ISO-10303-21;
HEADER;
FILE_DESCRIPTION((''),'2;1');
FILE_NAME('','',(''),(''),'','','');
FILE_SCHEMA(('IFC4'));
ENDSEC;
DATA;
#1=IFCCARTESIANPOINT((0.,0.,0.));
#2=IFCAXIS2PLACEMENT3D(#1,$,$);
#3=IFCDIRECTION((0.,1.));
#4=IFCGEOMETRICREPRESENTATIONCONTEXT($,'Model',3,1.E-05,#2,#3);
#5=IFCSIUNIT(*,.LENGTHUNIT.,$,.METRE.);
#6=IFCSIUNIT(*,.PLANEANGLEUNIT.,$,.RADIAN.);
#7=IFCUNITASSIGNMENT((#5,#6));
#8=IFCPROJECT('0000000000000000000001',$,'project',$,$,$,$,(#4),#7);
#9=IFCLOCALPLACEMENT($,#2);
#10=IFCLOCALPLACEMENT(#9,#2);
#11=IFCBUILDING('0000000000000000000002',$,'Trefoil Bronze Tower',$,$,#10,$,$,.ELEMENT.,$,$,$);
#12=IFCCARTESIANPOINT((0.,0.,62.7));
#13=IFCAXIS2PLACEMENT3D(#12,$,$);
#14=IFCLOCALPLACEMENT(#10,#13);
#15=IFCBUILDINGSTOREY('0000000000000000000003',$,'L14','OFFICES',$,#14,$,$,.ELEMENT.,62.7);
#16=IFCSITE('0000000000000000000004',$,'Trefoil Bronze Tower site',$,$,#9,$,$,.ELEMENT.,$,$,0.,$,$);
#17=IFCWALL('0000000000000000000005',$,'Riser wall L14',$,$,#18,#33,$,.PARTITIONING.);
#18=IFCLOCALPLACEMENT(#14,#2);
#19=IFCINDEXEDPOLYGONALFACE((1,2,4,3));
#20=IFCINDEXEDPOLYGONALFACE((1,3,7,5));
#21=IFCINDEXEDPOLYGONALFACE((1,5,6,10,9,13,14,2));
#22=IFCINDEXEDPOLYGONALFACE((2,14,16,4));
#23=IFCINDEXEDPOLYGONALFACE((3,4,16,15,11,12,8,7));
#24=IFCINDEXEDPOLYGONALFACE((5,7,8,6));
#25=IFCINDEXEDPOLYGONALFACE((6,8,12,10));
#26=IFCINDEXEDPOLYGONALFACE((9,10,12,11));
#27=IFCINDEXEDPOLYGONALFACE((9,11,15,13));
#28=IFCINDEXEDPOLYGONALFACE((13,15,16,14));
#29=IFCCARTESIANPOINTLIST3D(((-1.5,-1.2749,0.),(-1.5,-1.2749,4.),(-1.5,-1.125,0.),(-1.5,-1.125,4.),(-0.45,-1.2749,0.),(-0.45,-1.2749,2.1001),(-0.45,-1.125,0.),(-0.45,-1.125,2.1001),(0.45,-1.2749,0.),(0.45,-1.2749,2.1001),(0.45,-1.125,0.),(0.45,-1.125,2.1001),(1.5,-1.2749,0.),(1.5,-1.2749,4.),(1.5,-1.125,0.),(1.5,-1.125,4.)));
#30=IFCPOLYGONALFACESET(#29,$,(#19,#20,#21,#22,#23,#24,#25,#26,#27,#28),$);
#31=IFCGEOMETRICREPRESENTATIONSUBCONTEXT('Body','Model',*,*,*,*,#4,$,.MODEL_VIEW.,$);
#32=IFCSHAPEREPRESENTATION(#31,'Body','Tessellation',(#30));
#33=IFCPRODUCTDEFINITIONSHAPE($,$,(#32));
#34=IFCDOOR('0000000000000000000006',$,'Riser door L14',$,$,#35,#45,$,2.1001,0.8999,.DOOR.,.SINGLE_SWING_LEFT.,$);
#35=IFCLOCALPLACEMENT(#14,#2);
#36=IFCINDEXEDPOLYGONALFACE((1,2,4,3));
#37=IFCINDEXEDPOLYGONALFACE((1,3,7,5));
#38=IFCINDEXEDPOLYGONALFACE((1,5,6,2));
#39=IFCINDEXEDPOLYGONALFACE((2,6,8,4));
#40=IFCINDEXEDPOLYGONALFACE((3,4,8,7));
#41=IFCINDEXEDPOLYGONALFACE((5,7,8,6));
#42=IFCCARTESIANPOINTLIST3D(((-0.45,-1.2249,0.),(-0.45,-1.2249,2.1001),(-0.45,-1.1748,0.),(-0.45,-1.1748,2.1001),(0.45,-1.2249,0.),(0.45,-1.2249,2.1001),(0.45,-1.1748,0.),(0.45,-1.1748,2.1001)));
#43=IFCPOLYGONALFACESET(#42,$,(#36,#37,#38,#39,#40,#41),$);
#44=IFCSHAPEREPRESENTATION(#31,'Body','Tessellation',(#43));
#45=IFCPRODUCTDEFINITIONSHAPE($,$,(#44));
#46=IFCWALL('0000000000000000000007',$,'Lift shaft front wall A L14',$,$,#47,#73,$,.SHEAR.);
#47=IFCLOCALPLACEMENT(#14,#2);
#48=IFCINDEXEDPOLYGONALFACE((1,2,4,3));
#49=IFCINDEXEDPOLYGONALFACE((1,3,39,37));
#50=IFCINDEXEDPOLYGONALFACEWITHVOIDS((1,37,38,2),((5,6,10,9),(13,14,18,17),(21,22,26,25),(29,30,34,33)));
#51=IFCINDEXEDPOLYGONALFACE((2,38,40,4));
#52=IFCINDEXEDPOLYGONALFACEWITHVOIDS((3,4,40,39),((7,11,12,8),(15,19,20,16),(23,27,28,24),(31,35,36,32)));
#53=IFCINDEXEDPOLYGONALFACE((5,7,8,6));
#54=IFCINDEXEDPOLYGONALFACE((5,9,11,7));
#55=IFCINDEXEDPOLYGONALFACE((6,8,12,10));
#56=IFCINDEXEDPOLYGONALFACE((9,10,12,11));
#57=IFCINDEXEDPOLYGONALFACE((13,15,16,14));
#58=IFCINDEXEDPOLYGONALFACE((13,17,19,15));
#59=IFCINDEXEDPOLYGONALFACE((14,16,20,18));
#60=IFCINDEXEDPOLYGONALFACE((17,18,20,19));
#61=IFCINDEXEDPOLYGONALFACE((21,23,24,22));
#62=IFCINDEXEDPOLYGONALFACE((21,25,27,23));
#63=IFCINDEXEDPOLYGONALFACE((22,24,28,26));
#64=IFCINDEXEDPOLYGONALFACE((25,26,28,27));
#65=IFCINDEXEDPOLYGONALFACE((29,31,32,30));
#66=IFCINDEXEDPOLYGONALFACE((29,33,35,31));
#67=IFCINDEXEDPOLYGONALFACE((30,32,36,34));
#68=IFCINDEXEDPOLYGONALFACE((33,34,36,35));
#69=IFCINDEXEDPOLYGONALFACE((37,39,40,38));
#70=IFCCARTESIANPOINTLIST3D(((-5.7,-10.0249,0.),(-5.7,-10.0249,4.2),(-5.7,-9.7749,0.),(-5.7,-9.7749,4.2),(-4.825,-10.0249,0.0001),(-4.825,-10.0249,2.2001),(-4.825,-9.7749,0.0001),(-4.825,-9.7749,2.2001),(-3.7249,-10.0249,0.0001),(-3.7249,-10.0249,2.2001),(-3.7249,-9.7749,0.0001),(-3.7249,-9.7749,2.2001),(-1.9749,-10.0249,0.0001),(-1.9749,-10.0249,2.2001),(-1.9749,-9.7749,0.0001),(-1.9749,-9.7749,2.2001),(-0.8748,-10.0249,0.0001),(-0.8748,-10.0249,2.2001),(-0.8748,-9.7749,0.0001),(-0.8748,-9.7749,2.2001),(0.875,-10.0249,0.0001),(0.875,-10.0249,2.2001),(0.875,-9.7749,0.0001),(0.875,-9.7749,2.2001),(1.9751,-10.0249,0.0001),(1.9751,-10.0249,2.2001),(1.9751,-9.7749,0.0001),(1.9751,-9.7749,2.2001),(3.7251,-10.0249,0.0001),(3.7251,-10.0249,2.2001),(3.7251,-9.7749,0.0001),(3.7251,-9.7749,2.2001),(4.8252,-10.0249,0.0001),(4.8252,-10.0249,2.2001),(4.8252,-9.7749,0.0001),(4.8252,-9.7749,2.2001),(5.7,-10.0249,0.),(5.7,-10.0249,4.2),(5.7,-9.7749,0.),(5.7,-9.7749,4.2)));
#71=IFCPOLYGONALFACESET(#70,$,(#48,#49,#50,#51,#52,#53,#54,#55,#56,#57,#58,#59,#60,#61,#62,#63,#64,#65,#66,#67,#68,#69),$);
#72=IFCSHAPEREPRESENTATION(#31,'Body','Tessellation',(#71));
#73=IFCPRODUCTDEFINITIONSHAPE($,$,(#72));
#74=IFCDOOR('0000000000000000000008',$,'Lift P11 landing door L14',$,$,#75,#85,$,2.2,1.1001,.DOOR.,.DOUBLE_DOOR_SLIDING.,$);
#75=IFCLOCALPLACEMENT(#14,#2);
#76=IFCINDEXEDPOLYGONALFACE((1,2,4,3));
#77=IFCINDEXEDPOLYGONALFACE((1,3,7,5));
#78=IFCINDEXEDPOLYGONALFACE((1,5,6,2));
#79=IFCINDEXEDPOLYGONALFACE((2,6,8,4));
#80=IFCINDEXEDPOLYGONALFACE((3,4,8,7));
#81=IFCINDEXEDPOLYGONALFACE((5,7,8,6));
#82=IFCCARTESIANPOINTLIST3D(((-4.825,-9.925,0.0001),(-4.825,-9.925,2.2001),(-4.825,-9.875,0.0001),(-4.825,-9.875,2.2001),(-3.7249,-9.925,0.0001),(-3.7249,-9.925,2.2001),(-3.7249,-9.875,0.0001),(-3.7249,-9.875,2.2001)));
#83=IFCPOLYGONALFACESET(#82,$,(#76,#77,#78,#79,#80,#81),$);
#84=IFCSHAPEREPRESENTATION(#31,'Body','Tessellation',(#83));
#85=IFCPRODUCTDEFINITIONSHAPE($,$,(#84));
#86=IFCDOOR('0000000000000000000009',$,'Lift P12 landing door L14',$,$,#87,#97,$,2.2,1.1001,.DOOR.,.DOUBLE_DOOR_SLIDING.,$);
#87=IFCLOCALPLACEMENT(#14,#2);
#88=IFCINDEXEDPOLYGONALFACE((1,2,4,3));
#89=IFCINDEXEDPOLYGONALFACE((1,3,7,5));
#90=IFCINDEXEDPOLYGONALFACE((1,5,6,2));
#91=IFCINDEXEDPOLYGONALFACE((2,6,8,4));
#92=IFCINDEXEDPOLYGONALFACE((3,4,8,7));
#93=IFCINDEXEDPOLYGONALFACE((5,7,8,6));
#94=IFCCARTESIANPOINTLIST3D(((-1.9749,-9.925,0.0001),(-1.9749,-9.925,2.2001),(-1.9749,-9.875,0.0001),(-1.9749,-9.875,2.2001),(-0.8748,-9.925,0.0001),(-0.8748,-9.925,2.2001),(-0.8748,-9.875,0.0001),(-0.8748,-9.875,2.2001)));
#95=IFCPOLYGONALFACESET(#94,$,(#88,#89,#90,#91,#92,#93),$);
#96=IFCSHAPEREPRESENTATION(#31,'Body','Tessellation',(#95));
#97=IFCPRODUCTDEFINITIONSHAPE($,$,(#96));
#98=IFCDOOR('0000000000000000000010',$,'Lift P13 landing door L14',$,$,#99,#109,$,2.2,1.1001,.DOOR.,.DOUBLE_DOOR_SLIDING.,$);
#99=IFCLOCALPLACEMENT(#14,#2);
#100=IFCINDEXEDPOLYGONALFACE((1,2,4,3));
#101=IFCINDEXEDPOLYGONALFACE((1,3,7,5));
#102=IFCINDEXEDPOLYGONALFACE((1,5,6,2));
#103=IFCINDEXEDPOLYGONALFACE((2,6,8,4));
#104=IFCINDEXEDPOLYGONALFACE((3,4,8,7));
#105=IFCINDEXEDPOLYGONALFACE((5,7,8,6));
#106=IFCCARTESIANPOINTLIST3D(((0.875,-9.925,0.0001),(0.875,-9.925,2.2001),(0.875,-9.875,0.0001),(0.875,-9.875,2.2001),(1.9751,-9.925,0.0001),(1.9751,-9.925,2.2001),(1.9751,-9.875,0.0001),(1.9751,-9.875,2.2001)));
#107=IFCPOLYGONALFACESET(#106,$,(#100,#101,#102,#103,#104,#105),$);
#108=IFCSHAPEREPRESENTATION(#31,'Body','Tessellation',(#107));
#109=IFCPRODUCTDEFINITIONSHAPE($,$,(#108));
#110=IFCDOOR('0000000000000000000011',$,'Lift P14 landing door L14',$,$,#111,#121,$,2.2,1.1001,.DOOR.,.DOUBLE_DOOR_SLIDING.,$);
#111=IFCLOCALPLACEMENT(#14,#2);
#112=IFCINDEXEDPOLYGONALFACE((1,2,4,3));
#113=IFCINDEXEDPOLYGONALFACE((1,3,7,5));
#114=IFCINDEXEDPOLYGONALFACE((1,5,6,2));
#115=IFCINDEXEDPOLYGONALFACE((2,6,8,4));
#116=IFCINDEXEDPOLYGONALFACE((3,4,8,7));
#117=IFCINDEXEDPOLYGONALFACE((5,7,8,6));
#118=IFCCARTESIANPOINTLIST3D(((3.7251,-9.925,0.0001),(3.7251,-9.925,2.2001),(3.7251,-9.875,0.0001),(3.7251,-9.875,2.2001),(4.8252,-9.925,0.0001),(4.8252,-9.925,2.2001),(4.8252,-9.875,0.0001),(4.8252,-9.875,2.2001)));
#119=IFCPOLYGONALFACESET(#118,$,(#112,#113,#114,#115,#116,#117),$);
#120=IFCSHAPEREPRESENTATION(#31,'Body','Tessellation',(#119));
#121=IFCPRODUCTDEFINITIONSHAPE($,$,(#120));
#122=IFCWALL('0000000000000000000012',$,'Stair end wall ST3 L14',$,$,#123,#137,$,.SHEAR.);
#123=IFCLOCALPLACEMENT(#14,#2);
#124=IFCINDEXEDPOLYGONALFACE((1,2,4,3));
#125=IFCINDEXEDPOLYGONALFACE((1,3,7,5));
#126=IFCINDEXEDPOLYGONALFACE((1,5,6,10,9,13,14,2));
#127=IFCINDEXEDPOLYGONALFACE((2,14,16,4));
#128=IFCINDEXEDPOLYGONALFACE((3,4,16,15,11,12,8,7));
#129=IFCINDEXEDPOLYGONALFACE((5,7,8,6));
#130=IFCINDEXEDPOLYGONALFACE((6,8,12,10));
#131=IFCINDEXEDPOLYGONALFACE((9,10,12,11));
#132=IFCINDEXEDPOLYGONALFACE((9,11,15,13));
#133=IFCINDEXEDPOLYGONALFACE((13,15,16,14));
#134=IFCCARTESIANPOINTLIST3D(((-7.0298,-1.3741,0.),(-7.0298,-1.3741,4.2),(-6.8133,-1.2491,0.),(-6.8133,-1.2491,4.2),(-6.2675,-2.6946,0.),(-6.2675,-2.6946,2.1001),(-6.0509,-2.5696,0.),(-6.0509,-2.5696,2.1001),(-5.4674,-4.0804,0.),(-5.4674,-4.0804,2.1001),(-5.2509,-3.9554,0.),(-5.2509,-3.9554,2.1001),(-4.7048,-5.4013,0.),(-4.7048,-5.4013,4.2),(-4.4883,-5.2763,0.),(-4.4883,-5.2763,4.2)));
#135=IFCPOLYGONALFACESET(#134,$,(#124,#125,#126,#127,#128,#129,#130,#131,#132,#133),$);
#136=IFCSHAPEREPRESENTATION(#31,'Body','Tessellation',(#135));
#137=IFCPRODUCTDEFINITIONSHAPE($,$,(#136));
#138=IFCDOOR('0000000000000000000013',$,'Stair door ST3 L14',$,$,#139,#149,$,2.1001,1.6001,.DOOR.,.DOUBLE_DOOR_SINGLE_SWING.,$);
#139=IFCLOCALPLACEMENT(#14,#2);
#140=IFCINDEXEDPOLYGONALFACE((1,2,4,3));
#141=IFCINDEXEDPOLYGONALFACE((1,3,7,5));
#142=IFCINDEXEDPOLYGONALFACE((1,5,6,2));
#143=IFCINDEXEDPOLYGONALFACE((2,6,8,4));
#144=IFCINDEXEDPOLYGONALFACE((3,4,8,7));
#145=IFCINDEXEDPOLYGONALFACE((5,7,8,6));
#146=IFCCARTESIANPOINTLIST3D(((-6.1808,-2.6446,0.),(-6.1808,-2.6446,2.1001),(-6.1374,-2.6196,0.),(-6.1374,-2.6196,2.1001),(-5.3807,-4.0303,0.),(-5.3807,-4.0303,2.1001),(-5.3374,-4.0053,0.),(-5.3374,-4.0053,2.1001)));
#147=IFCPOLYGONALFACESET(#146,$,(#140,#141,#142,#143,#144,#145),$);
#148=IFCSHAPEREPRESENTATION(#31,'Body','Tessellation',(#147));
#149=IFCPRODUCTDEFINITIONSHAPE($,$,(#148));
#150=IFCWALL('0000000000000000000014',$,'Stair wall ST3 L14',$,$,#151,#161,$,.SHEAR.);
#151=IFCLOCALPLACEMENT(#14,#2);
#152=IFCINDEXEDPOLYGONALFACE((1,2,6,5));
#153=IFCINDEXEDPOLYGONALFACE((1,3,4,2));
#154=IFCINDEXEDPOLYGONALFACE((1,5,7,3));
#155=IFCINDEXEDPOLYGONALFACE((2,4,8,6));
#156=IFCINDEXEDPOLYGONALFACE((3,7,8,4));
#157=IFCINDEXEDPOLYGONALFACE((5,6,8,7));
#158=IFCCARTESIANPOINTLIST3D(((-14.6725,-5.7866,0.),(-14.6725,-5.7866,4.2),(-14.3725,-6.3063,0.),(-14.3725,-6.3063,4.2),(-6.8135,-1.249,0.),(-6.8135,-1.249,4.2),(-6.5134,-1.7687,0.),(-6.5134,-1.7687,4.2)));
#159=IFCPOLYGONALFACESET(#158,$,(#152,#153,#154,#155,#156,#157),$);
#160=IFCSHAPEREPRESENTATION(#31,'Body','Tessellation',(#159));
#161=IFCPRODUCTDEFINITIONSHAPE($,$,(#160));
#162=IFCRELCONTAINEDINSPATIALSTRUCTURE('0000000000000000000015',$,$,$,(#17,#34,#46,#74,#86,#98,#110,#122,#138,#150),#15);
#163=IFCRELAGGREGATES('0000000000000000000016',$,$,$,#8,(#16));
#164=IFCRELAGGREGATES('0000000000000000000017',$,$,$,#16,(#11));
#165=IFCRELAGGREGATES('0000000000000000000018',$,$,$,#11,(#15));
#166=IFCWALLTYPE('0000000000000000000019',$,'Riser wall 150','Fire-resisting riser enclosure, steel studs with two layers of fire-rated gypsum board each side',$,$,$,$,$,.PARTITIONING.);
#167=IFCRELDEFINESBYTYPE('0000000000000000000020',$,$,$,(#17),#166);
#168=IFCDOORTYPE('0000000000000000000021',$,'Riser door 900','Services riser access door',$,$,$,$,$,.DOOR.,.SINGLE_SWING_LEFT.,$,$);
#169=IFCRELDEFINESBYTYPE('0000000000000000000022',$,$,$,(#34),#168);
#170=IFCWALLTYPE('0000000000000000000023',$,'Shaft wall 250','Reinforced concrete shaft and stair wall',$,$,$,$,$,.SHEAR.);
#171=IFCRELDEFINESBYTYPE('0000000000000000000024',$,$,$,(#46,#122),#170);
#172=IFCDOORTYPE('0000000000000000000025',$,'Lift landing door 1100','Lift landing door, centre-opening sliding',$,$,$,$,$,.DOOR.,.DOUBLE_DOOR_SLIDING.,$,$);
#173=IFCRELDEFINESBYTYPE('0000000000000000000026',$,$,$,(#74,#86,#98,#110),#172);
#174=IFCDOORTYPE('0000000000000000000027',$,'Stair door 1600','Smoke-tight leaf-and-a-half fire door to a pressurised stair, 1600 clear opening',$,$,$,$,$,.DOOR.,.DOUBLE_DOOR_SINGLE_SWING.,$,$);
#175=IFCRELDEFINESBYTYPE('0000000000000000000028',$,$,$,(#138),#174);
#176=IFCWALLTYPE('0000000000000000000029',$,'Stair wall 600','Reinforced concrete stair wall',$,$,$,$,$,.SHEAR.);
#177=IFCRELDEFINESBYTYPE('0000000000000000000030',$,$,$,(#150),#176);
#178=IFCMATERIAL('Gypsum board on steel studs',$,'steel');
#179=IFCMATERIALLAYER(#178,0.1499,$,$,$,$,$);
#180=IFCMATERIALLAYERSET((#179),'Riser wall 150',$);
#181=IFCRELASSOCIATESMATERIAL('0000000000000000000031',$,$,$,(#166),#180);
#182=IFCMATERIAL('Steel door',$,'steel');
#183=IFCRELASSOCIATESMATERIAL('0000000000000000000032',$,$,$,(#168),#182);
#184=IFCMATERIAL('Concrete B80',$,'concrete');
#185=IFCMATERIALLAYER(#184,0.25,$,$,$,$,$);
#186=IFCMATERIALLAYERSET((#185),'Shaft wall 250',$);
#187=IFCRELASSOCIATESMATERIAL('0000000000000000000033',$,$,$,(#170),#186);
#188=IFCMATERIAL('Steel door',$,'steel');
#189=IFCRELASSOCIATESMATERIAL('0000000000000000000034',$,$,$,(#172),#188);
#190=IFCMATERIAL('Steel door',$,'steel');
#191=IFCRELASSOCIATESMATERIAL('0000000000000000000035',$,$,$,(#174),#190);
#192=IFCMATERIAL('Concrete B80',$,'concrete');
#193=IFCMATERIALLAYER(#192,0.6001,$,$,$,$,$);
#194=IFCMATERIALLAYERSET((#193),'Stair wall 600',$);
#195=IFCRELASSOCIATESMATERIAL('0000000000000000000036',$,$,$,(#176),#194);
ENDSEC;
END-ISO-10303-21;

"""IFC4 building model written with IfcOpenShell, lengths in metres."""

from ifc_helpers import new_model, si_unit, direction, frame, frame_2d, origin, place, context, subcontext, project, spatial, rectangle, extrude, material, layer, layer_set, type_object, element, fill, save


model = new_model("IFC4")

# Units and contexts
model_context = context("Model", 3, precision=1e-05, world=origin(), true_north=direction((0.0, 1.0)))
body_context = subcontext(model_context, "Body", "Model", "MODEL_VIEW")
ifc_project = project(units=[si_unit("LENGTHUNIT", "METRE"), si_unit("PLANEANGLEUNIT", "RADIAN")], contexts=[model_context])

# Site, building, storey
site_placement = place(None, origin())
site = spatial("IfcSite", under=ifc_project, at=site_placement, Name="Trefoil Bronze Tower site", CompositionType="ELEMENT", RefElevation=0.0)
building_placement = place(site_placement, origin())
building = spatial("IfcBuilding", under=site, at=building_placement, Name="Trefoil Bronze Tower", CompositionType="ELEMENT")
storey_placement = place(building_placement, frame((0.0, 0.0, 62.7)))
storey = spatial("IfcBuildingStorey", under=building, at=storey_placement, Name="L14", Description="OFFICES", CompositionType="ELEMENT", Elevation=62.7)

# Wall, opening, door
ifc_material_1 = material(Name="Gypsum board on steel studs", Category="steel")
ifc_layer_1 = layer(ifc_material_1, 0.1499)
ifc_layer_set_1 = layer_set([ifc_layer_1], Name="Riser wall 150")
wall_type_1 = type_object("IfcWallType", Name="Riser wall 150", Description="Fire-resisting riser enclosure, steel studs with two layers of fire-rated gypsum board each side", PredefinedType="PARTITIONING", material=ifc_layer_set_1)
wall_1_placement = place(storey_placement, frame((-1.5, -1.2, 0.0), z_axis=(0.0, 0.0, 1.0), x_axis=(1.0, 0.0, 0.0)))
wall_1 = element("IfcWall", 1, at=wall_1_placement, inside=storey, type_object=wall_type_1, Name="Riser wall L14", PredefinedType="PARTITIONING", context=body_context, shape_type="SweptSolid", body=[
    extrude(rectangle(XDim=3.0, YDim=0.1499, at=frame_2d((1.5, 0.0))), origin(), (0.0, 0.0, 1.0), 4.0),
])
opening_1_placement = place(wall_1_placement, frame((1.05, 0.0, 0.0)))
opening_1 = element("IfcOpeningElement", 2, at=opening_1_placement, cuts=wall_1, PredefinedType="OPENING", context=body_context, shape_type="SweptSolid", body=[
    extrude(rectangle(XDim=0.8999, YDim=2.1001, at=frame_2d((0.45, 1.05))), frame((0.0, 0.085, 0.0), z_axis=(0.0, -1.0, 0.0), x_axis=(1.0, 0.0, 0.0)), (0.0, 0.0, 1.0), 0.1699),
])
ifc_material_2 = material(Name="Steel door", Category="steel")
door_type_1 = type_object("IfcDoorType", Name="Riser door 900", Description="Services riser access door", OperationType="SINGLE_SWING_LEFT", PredefinedType="DOOR", material=ifc_material_2)
door_1_placement = place(opening_1_placement, frame((0.8999, 0.0, 0.0), z_axis=(0.0, 0.0, 1.0), x_axis=(-1.0, 0.0, 0.0)))
door_1 = element("IfcDoor", 3, at=door_1_placement, inside=storey, type_object=door_type_1, Name="Riser door L14", OperationType="SINGLE_SWING_LEFT", OverallHeight=2.1001, OverallWidth=0.8999, PredefinedType="DOOR", context=body_context, shape_type="SweptSolid", body=[
    extrude(rectangle(XDim=0.8999, YDim=2.1001, at=frame_2d((0.45, 1.05))), frame((0.0, 0.0249, 0.0), z_axis=(0.0, -1.0, 0.0), x_axis=(1.0, 0.0, 0.0)), (0.0, 0.0, 1.0), 0.05),
])
fill(opening_1, door_1)

# Wall, openings, doors
ifc_material_3 = material(Name="Concrete B80", Category="concrete")
ifc_layer_2 = layer(ifc_material_3, 0.25)
ifc_layer_set_2 = layer_set([ifc_layer_2], Name="Shaft wall 250")
wall_type_2 = type_object("IfcWallType", Name="Shaft wall 250", Description="Reinforced concrete shaft and stair wall", PredefinedType="SHEAR", material=ifc_layer_set_2)
wall_2_placement = place(storey_placement, frame((-5.7, -9.8999, 0.0), z_axis=(0.0, 0.0, 1.0), x_axis=(1.0, 0.0, 0.0)))
wall_2 = element("IfcWall", 4, at=wall_2_placement, inside=storey, type_object=wall_type_2, Name="Lift shaft front wall A L14", PredefinedType="SHEAR", context=body_context, shape_type="SweptSolid", body=[
    extrude(rectangle(XDim=11.3999, YDim=0.25, at=frame_2d((5.7, 0.0))), origin(), (0.0, 0.0, 1.0), 4.2),
])
opening_2_placement = place(wall_2_placement, frame((0.875, 0.0, 0.0)))
opening_2 = element("IfcOpeningElement", 5, at=opening_2_placement, cuts=wall_2, PredefinedType="OPENING", context=body_context, shape_type="SweptSolid", body=[
    extrude(rectangle(XDim=1.1001, YDim=2.2, at=frame_2d((0.55, 1.1001))), frame((0.0, 0.135, 0.0), z_axis=(0.0, -1.0, 0.0), x_axis=(1.0, 0.0, 0.0)), (0.0, 0.0, 1.0), 0.27),
])
opening_3_placement = place(wall_2_placement, frame((3.7251, 0.0, 0.0)))
opening_3 = element("IfcOpeningElement", 6, at=opening_3_placement, cuts=wall_2, PredefinedType="OPENING", context=body_context, shape_type="SweptSolid", body=[
    extrude(rectangle(XDim=1.1001, YDim=2.2, at=frame_2d((0.55, 1.1001))), frame((0.0, 0.135, 0.0), z_axis=(0.0, -1.0, 0.0), x_axis=(1.0, 0.0, 0.0)), (0.0, 0.0, 1.0), 0.27),
])
opening_4_placement = place(wall_2_placement, frame((6.575, 0.0, 0.0)))
opening_4 = element("IfcOpeningElement", 7, at=opening_4_placement, cuts=wall_2, PredefinedType="OPENING", context=body_context, shape_type="SweptSolid", body=[
    extrude(rectangle(XDim=1.1001, YDim=2.2, at=frame_2d((0.55, 1.1001))), frame((0.0, 0.135, 0.0), z_axis=(0.0, -1.0, 0.0), x_axis=(1.0, 0.0, 0.0)), (0.0, 0.0, 1.0), 0.27),
])
opening_5_placement = place(wall_2_placement, frame((9.425, 0.0, 0.0)))
opening_5 = element("IfcOpeningElement", 8, at=opening_5_placement, cuts=wall_2, PredefinedType="OPENING", context=body_context, shape_type="SweptSolid", body=[
    extrude(rectangle(XDim=1.1001, YDim=2.2, at=frame_2d((0.55, 1.1001))), frame((0.0, 0.135, 0.0), z_axis=(0.0, -1.0, 0.0), x_axis=(1.0, 0.0, 0.0)), (0.0, 0.0, 1.0), 0.27),
])
ifc_material_4 = material(Name="Steel door", Category="steel")
door_type_2 = type_object("IfcDoorType", Name="Lift landing door 1100", Description="Lift landing door, centre-opening sliding", OperationType="DOUBLE_DOOR_SLIDING", PredefinedType="DOOR", material=ifc_material_4)
door_2_placement = place(opening_2_placement, origin())
door_2 = element("IfcDoor", 9, at=door_2_placement, inside=storey, type_object=door_type_2, Name="Lift P11 landing door L14", OperationType="DOUBLE_DOOR_SLIDING", OverallHeight=2.2, OverallWidth=1.1001, PredefinedType="DOOR", context=body_context, shape_type="SweptSolid", body=[
    extrude(rectangle(XDim=1.1001, YDim=2.2, at=frame_2d((0.55, 1.1001))), frame((0.0, 0.0249, 0.0), z_axis=(0.0, -1.0, 0.0), x_axis=(1.0, 0.0, 0.0)), (0.0, 0.0, 1.0), 0.05),
])
fill(opening_2, door_2)
door_3_placement = place(opening_3_placement, origin())
door_3 = element("IfcDoor", 10, at=door_3_placement, inside=storey, type_object=door_type_2, Name="Lift P12 landing door L14", OperationType="DOUBLE_DOOR_SLIDING", OverallHeight=2.2, OverallWidth=1.1001, PredefinedType="DOOR", context=body_context, shape_type="SweptSolid", body=[
    extrude(rectangle(XDim=1.1001, YDim=2.2, at=frame_2d((0.55, 1.1001))), frame((0.0, 0.0249, 0.0), z_axis=(0.0, -1.0, 0.0), x_axis=(1.0, 0.0, 0.0)), (0.0, 0.0, 1.0), 0.05),
])
fill(opening_3, door_3)
door_4_placement = place(opening_4_placement, origin())
door_4 = element("IfcDoor", 11, at=door_4_placement, inside=storey, type_object=door_type_2, Name="Lift P13 landing door L14", OperationType="DOUBLE_DOOR_SLIDING", OverallHeight=2.2, OverallWidth=1.1001, PredefinedType="DOOR", context=body_context, shape_type="SweptSolid", body=[
    extrude(rectangle(XDim=1.1001, YDim=2.2, at=frame_2d((0.55, 1.1001))), frame((0.0, 0.0249, 0.0), z_axis=(0.0, -1.0, 0.0), x_axis=(1.0, 0.0, 0.0)), (0.0, 0.0, 1.0), 0.05),
])
fill(opening_4, door_4)
door_5_placement = place(opening_5_placement, origin())
door_5 = element("IfcDoor", 12, at=door_5_placement, inside=storey, type_object=door_type_2, Name="Lift P14 landing door L14", OperationType="DOUBLE_DOOR_SLIDING", OverallHeight=2.2, OverallWidth=1.1001, PredefinedType="DOOR", context=body_context, shape_type="SweptSolid", body=[
    extrude(rectangle(XDim=1.1001, YDim=2.2, at=frame_2d((0.55, 1.1001))), frame((0.0, 0.0249, 0.0), z_axis=(0.0, -1.0, 0.0), x_axis=(1.0, 0.0, 0.0)), (0.0, 0.0, 1.0), 0.05),
])
fill(opening_5, door_5)

# Wall, opening, door
wall_3_placement = place(storey_placement, frame((-6.9216, -1.3115, 0.0), z_axis=(0.0, 0.0, 1.0), x_axis=(0.499985, -0.866034, 0.0)))
wall_3 = element("IfcWall", 13, at=wall_3_placement, inside=storey, type_object=wall_type_2, Name="Stair end wall ST3 L14", PredefinedType="SHEAR", context=body_context, shape_type="SweptSolid", body=[
    extrude(rectangle(XDim=4.6501, YDim=0.25, at=frame_2d((2.3252, 0.0))), origin(), (0.0, 0.0, 1.0), 4.2),
])
opening_6_placement = place(wall_3_placement, frame((1.5249, 0.0, 0.0)))
opening_6 = element("IfcOpeningElement", 14, at=opening_6_placement, cuts=wall_3, PredefinedType="OPENING", context=body_context, shape_type="SweptSolid", body=[
    extrude(rectangle(XDim=1.6001, YDim=2.1001, at=frame_2d((0.8, 1.05))), frame((0.0, 0.135, 0.0), z_axis=(0.0, -1.0, 0.0), x_axis=(1.0, 0.0, 0.0)), (0.0, 0.0, 1.0), 0.27),
])
ifc_material_5 = material(Name="Steel door", Category="steel")
door_type_3 = type_object("IfcDoorType", Name="Stair door 1600", Description="Smoke-tight leaf-and-a-half fire door to a pressurised stair, 1600 clear opening", OperationType="DOUBLE_DOOR_SINGLE_SWING", PredefinedType="DOOR", material=ifc_material_5)
door_6_placement = place(opening_6_placement, frame((1.6001, 0.0, 0.0), z_axis=(0.0, 0.0, 1.0), x_axis=(-1.0, 0.0, 0.0)))
door_6 = element("IfcDoor", 15, at=door_6_placement, inside=storey, type_object=door_type_3, Name="Stair door ST3 L14", OperationType="DOUBLE_DOOR_SINGLE_SWING", OverallHeight=2.1001, OverallWidth=1.6001, PredefinedType="DOOR", context=body_context, shape_type="SweptSolid", body=[
    extrude(rectangle(XDim=1.6001, YDim=2.1001, at=frame_2d((0.8, 1.05))), frame((0.0, 0.0249, 0.0), z_axis=(0.0, -1.0, 0.0), x_axis=(1.0, 0.0, 0.0)), (0.0, 0.0, 1.0), 0.05),
])
fill(opening_6, door_6)

# Wall
ifc_material_6 = material(Name="Concrete B80", Category="concrete")
ifc_layer_3 = layer(ifc_material_6, 0.6001)
ifc_layer_set_3 = layer_set([ifc_layer_3], Name="Stair wall 600")
wall_type_3 = type_object("IfcWallType", Name="Stair wall 600", Description="Reinforced concrete stair wall", PredefinedType="SHEAR", material=ifc_layer_set_3)
for number, where, z_axis, x_axis, name in (
    (16, (-6.6633, -1.5088, 0.0), (0.0, 0.0, 1.0), (-0.866019, -0.50001, 0.0), "Stair wall ST3 L14"),
):
    element("IfcWall", number, at=place(storey_placement, frame(where, z_axis=z_axis, x_axis=x_axis)), inside=storey, type_object=wall_type_3, Name=name, PredefinedType="SHEAR", context=body_context, shape_type="SweptSolid", body=[
        extrude(rectangle(XDim=9.075, YDim=0.6001, at=frame_2d((4.5376, 0.0))), origin(), (0.0, 0.0, 1.0), 4.2),
    ])

save(model, "model.ifc")
